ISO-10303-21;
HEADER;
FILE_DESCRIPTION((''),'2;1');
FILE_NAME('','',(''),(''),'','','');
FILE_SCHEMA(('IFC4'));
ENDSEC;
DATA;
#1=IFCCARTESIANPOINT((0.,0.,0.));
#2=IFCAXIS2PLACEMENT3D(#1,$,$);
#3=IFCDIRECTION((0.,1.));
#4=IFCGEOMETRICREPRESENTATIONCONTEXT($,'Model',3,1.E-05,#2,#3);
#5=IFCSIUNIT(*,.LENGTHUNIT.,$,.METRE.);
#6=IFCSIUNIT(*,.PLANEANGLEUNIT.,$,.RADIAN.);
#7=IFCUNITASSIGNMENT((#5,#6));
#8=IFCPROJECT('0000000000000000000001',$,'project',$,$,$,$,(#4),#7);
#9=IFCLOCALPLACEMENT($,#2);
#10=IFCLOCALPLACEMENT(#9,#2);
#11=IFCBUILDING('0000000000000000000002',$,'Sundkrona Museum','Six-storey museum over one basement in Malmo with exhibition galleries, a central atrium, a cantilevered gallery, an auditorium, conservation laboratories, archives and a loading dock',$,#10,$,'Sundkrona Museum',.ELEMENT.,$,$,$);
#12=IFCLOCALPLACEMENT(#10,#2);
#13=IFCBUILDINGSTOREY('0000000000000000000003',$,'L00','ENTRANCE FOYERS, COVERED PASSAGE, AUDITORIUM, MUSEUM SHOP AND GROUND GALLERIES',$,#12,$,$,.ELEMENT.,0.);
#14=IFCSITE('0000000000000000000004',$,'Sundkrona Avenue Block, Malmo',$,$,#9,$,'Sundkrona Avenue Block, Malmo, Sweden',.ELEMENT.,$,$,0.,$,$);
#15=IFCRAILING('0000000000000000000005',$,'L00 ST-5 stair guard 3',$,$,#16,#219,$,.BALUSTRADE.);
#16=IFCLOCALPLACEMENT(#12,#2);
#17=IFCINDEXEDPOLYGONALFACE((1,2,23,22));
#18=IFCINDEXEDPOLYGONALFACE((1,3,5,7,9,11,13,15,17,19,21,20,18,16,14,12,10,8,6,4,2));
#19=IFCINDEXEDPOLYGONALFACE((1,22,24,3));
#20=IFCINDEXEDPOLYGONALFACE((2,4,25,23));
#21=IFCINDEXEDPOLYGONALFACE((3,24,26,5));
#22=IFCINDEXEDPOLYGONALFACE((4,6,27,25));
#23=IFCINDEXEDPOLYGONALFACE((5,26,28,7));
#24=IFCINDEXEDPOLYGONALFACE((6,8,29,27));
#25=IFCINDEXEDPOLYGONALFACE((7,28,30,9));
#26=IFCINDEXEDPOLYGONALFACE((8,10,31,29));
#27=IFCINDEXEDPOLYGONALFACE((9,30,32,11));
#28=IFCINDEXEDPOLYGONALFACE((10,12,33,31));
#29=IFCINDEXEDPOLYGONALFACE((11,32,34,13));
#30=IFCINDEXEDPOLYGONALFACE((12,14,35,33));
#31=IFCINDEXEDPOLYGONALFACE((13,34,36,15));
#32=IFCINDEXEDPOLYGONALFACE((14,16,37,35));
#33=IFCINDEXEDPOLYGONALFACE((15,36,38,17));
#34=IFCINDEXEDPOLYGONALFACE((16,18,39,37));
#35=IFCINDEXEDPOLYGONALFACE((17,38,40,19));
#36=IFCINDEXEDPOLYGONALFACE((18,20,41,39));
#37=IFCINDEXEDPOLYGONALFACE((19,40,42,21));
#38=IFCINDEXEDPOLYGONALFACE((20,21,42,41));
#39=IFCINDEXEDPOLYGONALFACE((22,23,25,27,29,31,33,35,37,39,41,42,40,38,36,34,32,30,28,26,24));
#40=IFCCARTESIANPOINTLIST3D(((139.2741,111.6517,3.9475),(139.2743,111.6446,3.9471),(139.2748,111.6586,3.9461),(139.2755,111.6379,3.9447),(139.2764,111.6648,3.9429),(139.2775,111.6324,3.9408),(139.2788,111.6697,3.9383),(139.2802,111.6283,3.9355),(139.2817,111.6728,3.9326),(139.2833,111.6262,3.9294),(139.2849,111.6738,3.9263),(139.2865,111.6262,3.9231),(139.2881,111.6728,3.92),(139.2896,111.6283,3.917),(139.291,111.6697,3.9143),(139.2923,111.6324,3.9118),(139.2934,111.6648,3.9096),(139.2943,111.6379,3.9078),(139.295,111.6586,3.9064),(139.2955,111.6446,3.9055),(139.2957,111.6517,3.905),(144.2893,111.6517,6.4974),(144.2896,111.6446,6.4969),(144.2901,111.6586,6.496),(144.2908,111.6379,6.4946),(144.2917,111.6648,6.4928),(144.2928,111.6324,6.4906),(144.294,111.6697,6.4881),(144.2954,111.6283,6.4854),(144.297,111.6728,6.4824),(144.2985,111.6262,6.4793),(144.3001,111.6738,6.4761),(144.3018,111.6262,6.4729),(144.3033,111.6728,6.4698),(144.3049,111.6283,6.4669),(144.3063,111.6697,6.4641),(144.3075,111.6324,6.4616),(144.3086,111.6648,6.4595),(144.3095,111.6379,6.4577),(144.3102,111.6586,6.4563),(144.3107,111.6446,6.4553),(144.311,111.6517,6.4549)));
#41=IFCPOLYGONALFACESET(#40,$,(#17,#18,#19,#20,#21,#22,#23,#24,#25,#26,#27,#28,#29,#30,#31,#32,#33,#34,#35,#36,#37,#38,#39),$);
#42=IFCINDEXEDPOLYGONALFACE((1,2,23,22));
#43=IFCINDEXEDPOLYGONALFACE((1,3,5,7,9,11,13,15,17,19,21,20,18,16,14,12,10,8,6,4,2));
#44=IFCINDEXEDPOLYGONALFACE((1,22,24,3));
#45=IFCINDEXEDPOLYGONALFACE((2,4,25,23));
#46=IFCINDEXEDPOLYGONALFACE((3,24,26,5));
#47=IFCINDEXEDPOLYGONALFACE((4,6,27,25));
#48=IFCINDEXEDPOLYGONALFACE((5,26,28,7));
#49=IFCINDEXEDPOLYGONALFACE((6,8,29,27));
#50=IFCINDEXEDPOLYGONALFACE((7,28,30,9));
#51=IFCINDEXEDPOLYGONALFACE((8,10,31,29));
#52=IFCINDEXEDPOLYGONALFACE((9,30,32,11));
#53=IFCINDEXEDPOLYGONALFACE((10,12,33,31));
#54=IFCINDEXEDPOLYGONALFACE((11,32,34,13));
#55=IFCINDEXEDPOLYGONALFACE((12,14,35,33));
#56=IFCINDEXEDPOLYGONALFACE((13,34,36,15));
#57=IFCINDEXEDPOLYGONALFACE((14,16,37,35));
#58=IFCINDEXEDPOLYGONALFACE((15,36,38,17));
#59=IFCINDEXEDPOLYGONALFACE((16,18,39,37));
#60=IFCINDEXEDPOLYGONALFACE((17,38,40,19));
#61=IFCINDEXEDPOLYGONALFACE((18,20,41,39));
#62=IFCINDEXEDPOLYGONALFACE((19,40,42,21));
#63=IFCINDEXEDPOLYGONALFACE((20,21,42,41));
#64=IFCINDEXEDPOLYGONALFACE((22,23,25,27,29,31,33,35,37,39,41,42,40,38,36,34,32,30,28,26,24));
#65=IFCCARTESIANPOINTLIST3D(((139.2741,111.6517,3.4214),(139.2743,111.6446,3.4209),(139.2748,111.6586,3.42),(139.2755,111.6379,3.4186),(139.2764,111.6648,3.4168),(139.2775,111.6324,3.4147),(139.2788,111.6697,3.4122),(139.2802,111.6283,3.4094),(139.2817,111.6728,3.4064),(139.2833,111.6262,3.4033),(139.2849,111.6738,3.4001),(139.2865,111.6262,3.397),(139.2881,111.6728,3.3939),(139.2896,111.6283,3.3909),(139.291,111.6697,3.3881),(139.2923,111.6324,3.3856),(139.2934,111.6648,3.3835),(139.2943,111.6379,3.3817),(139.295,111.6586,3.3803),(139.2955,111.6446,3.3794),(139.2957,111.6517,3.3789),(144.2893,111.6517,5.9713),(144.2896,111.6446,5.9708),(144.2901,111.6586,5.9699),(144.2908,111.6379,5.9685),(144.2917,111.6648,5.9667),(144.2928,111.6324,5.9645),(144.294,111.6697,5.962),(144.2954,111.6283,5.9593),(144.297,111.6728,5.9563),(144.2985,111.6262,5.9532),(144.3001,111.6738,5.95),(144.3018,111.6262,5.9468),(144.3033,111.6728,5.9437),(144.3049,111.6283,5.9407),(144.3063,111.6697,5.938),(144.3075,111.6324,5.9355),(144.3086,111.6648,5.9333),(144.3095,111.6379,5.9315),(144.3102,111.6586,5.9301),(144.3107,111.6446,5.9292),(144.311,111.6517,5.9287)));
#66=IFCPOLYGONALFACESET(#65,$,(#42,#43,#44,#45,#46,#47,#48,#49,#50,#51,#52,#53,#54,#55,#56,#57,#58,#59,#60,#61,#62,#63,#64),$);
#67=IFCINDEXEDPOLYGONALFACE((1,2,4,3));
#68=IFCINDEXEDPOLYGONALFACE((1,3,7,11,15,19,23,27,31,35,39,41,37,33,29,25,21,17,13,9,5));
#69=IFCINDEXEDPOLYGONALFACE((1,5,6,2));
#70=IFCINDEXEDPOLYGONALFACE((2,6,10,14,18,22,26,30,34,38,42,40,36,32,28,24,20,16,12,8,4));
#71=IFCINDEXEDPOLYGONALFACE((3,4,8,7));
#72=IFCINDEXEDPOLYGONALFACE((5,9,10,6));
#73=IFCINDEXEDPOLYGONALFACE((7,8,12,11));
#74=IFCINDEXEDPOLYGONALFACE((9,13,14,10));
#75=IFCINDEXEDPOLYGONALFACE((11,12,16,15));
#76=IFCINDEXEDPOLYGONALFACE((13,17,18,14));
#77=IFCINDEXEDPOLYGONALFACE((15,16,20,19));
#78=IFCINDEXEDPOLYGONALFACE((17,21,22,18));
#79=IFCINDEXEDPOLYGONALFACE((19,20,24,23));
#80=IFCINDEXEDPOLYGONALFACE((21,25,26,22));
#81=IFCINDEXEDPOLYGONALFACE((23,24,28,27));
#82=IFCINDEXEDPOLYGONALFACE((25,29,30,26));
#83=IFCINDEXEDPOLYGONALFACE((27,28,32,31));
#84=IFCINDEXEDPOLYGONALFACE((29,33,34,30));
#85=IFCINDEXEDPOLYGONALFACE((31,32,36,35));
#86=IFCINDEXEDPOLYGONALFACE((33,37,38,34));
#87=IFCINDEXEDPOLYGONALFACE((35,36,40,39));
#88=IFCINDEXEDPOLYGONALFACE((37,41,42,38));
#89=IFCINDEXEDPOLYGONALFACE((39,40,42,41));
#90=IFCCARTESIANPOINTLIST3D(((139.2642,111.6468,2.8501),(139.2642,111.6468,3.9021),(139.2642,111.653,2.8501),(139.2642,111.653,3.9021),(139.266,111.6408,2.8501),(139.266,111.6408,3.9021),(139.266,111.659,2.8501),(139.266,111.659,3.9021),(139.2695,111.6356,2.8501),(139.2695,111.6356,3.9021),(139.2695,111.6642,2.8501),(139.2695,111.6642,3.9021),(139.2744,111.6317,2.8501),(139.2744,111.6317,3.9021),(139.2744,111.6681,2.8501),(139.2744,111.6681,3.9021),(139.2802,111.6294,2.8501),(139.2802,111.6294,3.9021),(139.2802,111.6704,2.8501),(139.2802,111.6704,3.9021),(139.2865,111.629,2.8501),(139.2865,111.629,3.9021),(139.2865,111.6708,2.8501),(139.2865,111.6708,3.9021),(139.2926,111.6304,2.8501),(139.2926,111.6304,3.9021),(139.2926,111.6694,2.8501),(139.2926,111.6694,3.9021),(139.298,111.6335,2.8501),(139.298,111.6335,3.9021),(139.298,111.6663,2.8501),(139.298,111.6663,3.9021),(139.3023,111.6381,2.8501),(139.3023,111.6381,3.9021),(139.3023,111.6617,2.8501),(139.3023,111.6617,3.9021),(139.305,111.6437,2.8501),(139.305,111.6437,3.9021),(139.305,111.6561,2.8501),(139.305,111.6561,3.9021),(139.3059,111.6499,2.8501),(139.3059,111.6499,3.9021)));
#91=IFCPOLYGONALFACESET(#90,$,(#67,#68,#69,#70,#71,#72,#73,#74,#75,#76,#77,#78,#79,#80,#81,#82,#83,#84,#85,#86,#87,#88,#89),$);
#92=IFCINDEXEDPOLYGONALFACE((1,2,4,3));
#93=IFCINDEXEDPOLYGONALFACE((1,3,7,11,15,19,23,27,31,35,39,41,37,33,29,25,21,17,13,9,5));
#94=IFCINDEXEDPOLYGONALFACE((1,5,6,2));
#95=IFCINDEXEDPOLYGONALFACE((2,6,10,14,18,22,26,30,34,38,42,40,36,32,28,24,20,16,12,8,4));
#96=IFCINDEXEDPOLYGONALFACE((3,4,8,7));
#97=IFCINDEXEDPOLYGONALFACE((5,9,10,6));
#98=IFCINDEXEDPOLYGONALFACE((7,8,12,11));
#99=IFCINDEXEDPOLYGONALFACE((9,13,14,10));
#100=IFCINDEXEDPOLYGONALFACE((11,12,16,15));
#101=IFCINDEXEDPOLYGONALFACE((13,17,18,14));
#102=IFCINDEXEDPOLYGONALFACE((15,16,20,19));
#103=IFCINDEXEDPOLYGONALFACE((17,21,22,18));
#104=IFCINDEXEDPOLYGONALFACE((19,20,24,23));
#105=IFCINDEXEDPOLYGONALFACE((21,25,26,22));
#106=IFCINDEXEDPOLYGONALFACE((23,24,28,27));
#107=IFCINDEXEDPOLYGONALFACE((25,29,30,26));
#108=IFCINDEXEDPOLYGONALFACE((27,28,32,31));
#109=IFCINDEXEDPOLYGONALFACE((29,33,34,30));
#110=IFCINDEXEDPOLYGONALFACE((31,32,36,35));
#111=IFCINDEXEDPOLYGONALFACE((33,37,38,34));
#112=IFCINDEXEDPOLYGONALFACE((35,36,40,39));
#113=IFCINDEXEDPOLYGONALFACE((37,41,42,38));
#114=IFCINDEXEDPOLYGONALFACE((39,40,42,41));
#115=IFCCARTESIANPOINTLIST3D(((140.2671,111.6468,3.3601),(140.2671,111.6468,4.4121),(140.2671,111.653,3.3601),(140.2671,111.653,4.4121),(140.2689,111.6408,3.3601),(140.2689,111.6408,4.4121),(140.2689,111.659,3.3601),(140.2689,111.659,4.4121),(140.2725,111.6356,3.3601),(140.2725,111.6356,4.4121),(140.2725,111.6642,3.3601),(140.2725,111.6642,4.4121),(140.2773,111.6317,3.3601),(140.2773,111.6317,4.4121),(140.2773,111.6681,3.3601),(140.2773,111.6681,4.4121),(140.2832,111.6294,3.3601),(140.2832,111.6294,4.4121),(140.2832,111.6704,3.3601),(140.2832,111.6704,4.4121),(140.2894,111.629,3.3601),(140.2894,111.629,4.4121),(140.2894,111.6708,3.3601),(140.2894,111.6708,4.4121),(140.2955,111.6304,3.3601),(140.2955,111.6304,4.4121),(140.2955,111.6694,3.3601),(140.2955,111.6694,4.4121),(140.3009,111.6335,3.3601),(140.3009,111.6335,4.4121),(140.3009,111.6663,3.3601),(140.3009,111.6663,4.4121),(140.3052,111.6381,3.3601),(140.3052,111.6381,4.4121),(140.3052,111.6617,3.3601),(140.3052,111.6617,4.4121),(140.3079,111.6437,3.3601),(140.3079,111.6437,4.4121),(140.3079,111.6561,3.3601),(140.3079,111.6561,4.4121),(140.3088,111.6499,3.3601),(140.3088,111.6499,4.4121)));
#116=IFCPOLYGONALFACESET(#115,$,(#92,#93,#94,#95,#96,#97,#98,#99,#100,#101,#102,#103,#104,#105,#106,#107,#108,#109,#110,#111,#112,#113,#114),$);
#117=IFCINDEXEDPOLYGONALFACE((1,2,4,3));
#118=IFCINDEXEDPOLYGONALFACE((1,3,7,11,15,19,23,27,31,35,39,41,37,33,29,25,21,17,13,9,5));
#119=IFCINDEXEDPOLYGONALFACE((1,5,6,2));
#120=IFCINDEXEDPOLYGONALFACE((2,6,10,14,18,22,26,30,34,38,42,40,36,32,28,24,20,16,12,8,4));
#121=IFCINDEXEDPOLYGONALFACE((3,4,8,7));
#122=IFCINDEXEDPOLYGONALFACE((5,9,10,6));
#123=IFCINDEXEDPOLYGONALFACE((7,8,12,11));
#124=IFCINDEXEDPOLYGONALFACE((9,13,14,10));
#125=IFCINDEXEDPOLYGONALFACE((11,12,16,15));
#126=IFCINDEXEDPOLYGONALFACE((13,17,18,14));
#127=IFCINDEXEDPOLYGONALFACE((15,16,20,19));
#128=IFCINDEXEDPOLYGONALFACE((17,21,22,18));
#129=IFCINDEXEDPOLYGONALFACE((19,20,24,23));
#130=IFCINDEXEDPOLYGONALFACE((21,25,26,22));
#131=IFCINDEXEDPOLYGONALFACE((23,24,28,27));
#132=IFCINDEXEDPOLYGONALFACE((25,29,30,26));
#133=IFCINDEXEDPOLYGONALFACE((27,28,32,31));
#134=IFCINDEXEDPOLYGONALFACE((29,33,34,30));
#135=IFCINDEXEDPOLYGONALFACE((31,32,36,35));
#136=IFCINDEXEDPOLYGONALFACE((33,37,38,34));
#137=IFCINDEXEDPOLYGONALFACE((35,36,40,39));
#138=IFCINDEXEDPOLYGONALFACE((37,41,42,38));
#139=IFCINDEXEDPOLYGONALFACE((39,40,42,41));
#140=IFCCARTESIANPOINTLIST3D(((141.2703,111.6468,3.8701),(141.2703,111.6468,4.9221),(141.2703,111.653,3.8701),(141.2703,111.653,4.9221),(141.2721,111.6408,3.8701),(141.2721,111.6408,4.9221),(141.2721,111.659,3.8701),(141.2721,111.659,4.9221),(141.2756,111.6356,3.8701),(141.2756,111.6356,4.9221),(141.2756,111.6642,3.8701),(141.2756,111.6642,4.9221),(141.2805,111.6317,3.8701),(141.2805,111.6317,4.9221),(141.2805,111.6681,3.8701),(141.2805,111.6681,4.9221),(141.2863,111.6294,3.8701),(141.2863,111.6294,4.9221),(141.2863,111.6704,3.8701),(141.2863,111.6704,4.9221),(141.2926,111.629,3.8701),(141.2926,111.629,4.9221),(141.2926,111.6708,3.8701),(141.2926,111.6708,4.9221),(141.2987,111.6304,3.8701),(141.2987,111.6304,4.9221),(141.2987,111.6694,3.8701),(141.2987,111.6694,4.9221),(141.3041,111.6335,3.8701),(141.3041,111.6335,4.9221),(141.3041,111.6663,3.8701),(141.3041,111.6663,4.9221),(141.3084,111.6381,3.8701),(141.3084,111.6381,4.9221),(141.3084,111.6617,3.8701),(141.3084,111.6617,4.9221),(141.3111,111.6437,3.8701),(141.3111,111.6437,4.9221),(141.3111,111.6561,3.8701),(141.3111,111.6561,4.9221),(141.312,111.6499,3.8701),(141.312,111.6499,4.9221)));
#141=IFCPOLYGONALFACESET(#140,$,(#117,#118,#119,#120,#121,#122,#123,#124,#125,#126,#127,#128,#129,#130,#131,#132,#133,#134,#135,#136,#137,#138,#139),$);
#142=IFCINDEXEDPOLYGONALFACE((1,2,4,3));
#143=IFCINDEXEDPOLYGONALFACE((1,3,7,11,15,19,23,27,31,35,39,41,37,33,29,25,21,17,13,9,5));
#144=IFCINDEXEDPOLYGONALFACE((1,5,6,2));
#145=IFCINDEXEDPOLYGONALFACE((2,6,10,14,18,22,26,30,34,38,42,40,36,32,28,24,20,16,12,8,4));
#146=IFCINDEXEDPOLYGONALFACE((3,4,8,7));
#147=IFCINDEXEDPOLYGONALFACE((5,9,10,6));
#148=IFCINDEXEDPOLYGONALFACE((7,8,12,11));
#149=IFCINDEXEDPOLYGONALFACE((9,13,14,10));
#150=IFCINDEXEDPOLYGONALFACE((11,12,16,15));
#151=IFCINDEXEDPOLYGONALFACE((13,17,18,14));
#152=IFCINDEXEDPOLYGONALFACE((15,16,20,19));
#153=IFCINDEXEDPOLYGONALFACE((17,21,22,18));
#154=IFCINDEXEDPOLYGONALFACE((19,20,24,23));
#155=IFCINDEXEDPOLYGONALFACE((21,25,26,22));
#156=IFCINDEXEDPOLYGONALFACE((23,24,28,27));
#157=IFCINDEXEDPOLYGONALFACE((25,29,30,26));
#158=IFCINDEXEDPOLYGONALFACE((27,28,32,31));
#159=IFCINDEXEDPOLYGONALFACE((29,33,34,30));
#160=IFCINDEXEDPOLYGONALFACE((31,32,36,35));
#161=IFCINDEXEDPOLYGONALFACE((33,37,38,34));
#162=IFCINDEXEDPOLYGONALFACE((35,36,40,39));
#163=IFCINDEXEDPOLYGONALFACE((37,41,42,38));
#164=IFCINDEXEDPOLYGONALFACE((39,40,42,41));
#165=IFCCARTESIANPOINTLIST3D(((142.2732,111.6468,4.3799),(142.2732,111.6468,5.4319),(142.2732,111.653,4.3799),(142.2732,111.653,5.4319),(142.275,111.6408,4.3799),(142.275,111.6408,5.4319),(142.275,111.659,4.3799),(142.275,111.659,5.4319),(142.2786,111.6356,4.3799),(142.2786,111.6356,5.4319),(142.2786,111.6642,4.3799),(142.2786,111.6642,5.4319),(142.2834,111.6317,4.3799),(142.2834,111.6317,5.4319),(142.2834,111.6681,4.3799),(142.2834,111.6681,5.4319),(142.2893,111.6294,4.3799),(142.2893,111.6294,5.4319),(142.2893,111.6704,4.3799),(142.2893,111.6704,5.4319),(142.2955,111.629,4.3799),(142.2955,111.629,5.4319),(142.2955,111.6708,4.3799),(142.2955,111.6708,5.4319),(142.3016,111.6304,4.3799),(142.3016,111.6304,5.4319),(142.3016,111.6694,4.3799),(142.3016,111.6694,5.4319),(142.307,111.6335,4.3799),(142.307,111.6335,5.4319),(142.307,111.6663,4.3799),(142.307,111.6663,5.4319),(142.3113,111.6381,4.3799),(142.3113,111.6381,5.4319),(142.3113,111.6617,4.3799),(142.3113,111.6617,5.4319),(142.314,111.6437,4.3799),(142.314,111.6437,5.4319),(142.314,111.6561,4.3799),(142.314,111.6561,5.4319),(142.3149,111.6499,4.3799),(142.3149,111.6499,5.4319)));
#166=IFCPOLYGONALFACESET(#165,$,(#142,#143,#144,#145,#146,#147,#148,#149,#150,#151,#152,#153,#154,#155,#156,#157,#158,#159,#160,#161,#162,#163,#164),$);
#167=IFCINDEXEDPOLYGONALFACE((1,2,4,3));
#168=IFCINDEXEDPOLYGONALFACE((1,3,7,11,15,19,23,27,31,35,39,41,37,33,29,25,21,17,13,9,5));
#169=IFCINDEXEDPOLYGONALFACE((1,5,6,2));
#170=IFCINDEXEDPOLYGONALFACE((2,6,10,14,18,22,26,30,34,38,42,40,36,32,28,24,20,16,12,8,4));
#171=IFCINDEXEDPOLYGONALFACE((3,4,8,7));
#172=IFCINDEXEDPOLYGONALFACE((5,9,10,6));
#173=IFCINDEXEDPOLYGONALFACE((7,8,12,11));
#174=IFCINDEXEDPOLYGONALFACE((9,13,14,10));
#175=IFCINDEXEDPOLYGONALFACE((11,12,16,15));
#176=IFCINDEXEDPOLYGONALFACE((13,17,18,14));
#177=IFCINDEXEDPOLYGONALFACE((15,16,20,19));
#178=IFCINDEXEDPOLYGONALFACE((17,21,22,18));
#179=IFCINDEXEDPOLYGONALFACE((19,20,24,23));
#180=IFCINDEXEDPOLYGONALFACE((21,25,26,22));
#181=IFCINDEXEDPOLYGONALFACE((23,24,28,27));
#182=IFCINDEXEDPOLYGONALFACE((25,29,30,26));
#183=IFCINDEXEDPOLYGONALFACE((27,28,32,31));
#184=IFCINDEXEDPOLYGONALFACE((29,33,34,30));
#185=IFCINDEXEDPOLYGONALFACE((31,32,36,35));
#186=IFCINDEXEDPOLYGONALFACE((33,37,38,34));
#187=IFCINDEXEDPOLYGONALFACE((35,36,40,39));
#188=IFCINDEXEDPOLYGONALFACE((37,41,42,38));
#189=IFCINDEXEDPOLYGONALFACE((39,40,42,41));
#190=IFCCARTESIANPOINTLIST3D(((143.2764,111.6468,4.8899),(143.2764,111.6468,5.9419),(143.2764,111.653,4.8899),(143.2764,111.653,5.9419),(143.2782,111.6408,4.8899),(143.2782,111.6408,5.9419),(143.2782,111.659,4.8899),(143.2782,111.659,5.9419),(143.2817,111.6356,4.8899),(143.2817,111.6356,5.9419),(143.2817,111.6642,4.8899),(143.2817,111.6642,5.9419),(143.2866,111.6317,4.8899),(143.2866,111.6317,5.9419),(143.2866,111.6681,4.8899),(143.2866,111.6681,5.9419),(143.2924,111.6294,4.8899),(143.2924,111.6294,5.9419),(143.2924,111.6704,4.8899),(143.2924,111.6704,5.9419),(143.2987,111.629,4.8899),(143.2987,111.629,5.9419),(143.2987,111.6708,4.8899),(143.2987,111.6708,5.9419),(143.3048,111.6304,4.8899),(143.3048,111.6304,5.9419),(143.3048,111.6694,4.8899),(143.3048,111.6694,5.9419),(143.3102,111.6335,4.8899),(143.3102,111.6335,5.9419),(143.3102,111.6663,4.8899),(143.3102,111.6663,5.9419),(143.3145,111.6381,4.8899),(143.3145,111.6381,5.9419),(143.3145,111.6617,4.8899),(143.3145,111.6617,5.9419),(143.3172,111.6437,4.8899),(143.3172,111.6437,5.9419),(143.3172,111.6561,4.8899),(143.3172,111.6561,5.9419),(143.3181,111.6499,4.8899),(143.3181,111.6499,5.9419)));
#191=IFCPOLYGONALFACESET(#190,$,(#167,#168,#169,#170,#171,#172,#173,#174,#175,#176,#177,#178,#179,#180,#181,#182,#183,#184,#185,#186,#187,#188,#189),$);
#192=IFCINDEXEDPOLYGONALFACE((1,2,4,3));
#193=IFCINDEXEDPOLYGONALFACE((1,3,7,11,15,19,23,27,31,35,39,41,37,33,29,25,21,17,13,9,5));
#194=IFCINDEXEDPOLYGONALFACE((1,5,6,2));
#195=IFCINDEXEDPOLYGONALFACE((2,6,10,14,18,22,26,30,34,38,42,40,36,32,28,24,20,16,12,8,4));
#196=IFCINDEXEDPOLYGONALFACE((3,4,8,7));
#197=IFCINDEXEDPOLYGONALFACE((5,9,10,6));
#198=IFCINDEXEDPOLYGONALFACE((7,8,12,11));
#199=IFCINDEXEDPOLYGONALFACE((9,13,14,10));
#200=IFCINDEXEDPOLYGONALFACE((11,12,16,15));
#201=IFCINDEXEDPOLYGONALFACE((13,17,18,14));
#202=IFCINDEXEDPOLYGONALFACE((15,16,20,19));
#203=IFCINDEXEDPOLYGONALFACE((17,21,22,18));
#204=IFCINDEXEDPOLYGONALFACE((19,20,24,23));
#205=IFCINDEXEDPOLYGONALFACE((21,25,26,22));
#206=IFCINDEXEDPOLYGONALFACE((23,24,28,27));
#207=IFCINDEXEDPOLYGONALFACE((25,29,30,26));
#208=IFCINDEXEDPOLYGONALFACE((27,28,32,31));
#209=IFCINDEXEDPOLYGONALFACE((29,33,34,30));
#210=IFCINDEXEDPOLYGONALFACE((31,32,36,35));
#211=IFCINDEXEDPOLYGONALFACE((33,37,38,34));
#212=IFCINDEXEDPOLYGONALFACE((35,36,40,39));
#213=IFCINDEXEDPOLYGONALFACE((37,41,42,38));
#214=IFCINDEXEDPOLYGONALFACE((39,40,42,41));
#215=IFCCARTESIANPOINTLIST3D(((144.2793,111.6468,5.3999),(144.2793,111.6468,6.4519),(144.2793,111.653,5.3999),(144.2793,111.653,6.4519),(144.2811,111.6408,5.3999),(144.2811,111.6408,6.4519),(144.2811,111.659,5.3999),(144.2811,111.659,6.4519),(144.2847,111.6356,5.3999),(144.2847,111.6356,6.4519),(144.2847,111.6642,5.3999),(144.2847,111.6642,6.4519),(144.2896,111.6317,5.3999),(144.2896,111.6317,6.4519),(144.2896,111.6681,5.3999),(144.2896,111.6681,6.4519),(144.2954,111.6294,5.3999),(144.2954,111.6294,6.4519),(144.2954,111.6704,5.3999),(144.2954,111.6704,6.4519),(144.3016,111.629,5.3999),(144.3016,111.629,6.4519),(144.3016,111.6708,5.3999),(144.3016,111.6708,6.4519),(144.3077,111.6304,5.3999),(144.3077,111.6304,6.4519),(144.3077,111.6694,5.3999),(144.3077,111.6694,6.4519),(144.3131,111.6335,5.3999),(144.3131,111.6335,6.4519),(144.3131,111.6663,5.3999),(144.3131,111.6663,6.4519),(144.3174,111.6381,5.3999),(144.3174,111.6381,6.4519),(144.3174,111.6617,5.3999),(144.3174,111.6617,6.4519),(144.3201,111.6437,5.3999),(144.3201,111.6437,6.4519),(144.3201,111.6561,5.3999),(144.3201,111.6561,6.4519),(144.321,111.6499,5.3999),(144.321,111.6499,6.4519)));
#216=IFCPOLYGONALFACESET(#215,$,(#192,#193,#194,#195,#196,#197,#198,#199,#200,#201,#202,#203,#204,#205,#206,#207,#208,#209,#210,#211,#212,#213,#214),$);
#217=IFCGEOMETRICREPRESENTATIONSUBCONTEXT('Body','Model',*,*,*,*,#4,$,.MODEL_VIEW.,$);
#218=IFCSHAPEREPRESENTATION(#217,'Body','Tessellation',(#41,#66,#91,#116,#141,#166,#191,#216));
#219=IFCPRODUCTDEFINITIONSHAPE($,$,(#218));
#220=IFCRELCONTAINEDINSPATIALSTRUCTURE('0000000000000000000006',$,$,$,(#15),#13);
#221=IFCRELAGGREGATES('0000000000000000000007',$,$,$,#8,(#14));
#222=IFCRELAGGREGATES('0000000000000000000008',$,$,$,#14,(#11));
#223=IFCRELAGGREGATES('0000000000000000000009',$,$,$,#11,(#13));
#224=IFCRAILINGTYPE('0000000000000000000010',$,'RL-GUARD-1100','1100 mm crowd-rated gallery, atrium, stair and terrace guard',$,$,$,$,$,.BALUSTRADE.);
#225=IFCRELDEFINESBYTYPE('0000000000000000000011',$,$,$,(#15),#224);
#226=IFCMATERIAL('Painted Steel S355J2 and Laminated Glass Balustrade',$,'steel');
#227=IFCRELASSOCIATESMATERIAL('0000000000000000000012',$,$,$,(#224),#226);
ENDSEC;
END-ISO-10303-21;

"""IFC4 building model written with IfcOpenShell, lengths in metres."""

from ifc_helpers import new_model, si_unit, direction, frame, origin, origin_2d, place, context, subcontext, project, spatial, circle, extrude, material, type_object, element, save


model = new_model("IFC4")

# Units and contexts
model_context = context("Model", 3, precision=1e-05, world=origin(), true_north=direction((0.0, 1.0)))
body_context = subcontext(model_context, "Body", "Model", "MODEL_VIEW")
ifc_project = project(units=[si_unit("LENGTHUNIT", "METRE"), si_unit("PLANEANGLEUNIT", "RADIAN")], contexts=[model_context])

# Site, building, storey
site_placement = place(None, origin())
site = spatial("IfcSite", under=ifc_project, at=site_placement, Name="Sundkrona Avenue Block, Malmo", LongName="Sundkrona Avenue Block, Malmo, Sweden", CompositionType="ELEMENT", RefElevation=0.0)
building_placement = place(site_placement, origin())
building = spatial("IfcBuilding", under=site, at=building_placement, Name="Sundkrona Museum", Description="Six-storey museum over one basement in Malmo with exhibition galleries, a central atrium, a cantilevered gallery, an auditorium, conservation laboratories, archives and a loading dock", LongName="Sundkrona Museum", CompositionType="ELEMENT")
storey_placement = place(building_placement, origin())
storey = spatial("IfcBuildingStorey", under=building, at=storey_placement, Name="L00", Description="ENTRANCE FOYERS, COVERED PASSAGE, AUDITORIUM, MUSEUM SHOP AND GROUND GALLERIES", CompositionType="ELEMENT", Elevation=0.0)

# Railing
ifc_material_1 = material(Name="Painted Steel S355J2 and Laminated Glass Balustrade", Category="steel")
railing_type_1 = type_object("IfcRailingType", Name="RL-GUARD-1100", Description="1100 mm crowd-rated gallery, atrium, stair and terrace guard", PredefinedType="BALUSTRADE", material=ifc_material_1)
railing_1_placement = place(storey_placement, frame((139.2849, 111.6499, 2.8501)))
element("IfcRailing", 1, at=railing_1_placement, inside=storey, type_object=railing_type_1, Name="L00 ST-5 stair guard 3", PredefinedType="BALUSTRADE", context=body_context, shape_type="SweptSolid", body=[
    extrude(circle(Radius=0.0239, at=origin_2d()), frame((0.0, 0.0, 1.0762), z_axis=(0.891404, 0.0, 0.453209), x_axis=(0.0, 1.0, 0.0)), (0.0, 0.0, 1.0), 5.6262),
    extrude(circle(Radius=0.0239, at=origin_2d()), frame((0.0, 0.0, 0.55), z_axis=(0.891404, 0.0, 0.453209), x_axis=(0.0, 1.0, 0.0)), (0.0, 0.0, 1.0), 5.6262),
    extrude(circle(Radius=0.021, at=origin_2d()), origin(), (0.0, 0.0, 1.0), 1.052),
    extrude(circle(Radius=0.021, at=origin_2d()), frame((1.0029, 0.0, 0.51)), (0.0, 0.0, 1.0), 1.052),
    extrude(circle(Radius=0.021, at=origin_2d()), frame((2.0061, 0.0, 1.02)), (0.0, 0.0, 1.0), 1.052),
    extrude(circle(Radius=0.021, at=origin_2d()), frame((3.009, 0.0, 1.5298)), (0.0, 0.0, 1.0), 1.052),
    extrude(circle(Radius=0.021, at=origin_2d()), frame((4.0122, 0.0, 2.0398)), (0.0, 0.0, 1.0), 1.052),
    extrude(circle(Radius=0.021, at=origin_2d()), frame((5.0151, 0.0, 2.5498)), (0.0, 0.0, 1.0), 1.052),
])

save(model, "model.ifc")
